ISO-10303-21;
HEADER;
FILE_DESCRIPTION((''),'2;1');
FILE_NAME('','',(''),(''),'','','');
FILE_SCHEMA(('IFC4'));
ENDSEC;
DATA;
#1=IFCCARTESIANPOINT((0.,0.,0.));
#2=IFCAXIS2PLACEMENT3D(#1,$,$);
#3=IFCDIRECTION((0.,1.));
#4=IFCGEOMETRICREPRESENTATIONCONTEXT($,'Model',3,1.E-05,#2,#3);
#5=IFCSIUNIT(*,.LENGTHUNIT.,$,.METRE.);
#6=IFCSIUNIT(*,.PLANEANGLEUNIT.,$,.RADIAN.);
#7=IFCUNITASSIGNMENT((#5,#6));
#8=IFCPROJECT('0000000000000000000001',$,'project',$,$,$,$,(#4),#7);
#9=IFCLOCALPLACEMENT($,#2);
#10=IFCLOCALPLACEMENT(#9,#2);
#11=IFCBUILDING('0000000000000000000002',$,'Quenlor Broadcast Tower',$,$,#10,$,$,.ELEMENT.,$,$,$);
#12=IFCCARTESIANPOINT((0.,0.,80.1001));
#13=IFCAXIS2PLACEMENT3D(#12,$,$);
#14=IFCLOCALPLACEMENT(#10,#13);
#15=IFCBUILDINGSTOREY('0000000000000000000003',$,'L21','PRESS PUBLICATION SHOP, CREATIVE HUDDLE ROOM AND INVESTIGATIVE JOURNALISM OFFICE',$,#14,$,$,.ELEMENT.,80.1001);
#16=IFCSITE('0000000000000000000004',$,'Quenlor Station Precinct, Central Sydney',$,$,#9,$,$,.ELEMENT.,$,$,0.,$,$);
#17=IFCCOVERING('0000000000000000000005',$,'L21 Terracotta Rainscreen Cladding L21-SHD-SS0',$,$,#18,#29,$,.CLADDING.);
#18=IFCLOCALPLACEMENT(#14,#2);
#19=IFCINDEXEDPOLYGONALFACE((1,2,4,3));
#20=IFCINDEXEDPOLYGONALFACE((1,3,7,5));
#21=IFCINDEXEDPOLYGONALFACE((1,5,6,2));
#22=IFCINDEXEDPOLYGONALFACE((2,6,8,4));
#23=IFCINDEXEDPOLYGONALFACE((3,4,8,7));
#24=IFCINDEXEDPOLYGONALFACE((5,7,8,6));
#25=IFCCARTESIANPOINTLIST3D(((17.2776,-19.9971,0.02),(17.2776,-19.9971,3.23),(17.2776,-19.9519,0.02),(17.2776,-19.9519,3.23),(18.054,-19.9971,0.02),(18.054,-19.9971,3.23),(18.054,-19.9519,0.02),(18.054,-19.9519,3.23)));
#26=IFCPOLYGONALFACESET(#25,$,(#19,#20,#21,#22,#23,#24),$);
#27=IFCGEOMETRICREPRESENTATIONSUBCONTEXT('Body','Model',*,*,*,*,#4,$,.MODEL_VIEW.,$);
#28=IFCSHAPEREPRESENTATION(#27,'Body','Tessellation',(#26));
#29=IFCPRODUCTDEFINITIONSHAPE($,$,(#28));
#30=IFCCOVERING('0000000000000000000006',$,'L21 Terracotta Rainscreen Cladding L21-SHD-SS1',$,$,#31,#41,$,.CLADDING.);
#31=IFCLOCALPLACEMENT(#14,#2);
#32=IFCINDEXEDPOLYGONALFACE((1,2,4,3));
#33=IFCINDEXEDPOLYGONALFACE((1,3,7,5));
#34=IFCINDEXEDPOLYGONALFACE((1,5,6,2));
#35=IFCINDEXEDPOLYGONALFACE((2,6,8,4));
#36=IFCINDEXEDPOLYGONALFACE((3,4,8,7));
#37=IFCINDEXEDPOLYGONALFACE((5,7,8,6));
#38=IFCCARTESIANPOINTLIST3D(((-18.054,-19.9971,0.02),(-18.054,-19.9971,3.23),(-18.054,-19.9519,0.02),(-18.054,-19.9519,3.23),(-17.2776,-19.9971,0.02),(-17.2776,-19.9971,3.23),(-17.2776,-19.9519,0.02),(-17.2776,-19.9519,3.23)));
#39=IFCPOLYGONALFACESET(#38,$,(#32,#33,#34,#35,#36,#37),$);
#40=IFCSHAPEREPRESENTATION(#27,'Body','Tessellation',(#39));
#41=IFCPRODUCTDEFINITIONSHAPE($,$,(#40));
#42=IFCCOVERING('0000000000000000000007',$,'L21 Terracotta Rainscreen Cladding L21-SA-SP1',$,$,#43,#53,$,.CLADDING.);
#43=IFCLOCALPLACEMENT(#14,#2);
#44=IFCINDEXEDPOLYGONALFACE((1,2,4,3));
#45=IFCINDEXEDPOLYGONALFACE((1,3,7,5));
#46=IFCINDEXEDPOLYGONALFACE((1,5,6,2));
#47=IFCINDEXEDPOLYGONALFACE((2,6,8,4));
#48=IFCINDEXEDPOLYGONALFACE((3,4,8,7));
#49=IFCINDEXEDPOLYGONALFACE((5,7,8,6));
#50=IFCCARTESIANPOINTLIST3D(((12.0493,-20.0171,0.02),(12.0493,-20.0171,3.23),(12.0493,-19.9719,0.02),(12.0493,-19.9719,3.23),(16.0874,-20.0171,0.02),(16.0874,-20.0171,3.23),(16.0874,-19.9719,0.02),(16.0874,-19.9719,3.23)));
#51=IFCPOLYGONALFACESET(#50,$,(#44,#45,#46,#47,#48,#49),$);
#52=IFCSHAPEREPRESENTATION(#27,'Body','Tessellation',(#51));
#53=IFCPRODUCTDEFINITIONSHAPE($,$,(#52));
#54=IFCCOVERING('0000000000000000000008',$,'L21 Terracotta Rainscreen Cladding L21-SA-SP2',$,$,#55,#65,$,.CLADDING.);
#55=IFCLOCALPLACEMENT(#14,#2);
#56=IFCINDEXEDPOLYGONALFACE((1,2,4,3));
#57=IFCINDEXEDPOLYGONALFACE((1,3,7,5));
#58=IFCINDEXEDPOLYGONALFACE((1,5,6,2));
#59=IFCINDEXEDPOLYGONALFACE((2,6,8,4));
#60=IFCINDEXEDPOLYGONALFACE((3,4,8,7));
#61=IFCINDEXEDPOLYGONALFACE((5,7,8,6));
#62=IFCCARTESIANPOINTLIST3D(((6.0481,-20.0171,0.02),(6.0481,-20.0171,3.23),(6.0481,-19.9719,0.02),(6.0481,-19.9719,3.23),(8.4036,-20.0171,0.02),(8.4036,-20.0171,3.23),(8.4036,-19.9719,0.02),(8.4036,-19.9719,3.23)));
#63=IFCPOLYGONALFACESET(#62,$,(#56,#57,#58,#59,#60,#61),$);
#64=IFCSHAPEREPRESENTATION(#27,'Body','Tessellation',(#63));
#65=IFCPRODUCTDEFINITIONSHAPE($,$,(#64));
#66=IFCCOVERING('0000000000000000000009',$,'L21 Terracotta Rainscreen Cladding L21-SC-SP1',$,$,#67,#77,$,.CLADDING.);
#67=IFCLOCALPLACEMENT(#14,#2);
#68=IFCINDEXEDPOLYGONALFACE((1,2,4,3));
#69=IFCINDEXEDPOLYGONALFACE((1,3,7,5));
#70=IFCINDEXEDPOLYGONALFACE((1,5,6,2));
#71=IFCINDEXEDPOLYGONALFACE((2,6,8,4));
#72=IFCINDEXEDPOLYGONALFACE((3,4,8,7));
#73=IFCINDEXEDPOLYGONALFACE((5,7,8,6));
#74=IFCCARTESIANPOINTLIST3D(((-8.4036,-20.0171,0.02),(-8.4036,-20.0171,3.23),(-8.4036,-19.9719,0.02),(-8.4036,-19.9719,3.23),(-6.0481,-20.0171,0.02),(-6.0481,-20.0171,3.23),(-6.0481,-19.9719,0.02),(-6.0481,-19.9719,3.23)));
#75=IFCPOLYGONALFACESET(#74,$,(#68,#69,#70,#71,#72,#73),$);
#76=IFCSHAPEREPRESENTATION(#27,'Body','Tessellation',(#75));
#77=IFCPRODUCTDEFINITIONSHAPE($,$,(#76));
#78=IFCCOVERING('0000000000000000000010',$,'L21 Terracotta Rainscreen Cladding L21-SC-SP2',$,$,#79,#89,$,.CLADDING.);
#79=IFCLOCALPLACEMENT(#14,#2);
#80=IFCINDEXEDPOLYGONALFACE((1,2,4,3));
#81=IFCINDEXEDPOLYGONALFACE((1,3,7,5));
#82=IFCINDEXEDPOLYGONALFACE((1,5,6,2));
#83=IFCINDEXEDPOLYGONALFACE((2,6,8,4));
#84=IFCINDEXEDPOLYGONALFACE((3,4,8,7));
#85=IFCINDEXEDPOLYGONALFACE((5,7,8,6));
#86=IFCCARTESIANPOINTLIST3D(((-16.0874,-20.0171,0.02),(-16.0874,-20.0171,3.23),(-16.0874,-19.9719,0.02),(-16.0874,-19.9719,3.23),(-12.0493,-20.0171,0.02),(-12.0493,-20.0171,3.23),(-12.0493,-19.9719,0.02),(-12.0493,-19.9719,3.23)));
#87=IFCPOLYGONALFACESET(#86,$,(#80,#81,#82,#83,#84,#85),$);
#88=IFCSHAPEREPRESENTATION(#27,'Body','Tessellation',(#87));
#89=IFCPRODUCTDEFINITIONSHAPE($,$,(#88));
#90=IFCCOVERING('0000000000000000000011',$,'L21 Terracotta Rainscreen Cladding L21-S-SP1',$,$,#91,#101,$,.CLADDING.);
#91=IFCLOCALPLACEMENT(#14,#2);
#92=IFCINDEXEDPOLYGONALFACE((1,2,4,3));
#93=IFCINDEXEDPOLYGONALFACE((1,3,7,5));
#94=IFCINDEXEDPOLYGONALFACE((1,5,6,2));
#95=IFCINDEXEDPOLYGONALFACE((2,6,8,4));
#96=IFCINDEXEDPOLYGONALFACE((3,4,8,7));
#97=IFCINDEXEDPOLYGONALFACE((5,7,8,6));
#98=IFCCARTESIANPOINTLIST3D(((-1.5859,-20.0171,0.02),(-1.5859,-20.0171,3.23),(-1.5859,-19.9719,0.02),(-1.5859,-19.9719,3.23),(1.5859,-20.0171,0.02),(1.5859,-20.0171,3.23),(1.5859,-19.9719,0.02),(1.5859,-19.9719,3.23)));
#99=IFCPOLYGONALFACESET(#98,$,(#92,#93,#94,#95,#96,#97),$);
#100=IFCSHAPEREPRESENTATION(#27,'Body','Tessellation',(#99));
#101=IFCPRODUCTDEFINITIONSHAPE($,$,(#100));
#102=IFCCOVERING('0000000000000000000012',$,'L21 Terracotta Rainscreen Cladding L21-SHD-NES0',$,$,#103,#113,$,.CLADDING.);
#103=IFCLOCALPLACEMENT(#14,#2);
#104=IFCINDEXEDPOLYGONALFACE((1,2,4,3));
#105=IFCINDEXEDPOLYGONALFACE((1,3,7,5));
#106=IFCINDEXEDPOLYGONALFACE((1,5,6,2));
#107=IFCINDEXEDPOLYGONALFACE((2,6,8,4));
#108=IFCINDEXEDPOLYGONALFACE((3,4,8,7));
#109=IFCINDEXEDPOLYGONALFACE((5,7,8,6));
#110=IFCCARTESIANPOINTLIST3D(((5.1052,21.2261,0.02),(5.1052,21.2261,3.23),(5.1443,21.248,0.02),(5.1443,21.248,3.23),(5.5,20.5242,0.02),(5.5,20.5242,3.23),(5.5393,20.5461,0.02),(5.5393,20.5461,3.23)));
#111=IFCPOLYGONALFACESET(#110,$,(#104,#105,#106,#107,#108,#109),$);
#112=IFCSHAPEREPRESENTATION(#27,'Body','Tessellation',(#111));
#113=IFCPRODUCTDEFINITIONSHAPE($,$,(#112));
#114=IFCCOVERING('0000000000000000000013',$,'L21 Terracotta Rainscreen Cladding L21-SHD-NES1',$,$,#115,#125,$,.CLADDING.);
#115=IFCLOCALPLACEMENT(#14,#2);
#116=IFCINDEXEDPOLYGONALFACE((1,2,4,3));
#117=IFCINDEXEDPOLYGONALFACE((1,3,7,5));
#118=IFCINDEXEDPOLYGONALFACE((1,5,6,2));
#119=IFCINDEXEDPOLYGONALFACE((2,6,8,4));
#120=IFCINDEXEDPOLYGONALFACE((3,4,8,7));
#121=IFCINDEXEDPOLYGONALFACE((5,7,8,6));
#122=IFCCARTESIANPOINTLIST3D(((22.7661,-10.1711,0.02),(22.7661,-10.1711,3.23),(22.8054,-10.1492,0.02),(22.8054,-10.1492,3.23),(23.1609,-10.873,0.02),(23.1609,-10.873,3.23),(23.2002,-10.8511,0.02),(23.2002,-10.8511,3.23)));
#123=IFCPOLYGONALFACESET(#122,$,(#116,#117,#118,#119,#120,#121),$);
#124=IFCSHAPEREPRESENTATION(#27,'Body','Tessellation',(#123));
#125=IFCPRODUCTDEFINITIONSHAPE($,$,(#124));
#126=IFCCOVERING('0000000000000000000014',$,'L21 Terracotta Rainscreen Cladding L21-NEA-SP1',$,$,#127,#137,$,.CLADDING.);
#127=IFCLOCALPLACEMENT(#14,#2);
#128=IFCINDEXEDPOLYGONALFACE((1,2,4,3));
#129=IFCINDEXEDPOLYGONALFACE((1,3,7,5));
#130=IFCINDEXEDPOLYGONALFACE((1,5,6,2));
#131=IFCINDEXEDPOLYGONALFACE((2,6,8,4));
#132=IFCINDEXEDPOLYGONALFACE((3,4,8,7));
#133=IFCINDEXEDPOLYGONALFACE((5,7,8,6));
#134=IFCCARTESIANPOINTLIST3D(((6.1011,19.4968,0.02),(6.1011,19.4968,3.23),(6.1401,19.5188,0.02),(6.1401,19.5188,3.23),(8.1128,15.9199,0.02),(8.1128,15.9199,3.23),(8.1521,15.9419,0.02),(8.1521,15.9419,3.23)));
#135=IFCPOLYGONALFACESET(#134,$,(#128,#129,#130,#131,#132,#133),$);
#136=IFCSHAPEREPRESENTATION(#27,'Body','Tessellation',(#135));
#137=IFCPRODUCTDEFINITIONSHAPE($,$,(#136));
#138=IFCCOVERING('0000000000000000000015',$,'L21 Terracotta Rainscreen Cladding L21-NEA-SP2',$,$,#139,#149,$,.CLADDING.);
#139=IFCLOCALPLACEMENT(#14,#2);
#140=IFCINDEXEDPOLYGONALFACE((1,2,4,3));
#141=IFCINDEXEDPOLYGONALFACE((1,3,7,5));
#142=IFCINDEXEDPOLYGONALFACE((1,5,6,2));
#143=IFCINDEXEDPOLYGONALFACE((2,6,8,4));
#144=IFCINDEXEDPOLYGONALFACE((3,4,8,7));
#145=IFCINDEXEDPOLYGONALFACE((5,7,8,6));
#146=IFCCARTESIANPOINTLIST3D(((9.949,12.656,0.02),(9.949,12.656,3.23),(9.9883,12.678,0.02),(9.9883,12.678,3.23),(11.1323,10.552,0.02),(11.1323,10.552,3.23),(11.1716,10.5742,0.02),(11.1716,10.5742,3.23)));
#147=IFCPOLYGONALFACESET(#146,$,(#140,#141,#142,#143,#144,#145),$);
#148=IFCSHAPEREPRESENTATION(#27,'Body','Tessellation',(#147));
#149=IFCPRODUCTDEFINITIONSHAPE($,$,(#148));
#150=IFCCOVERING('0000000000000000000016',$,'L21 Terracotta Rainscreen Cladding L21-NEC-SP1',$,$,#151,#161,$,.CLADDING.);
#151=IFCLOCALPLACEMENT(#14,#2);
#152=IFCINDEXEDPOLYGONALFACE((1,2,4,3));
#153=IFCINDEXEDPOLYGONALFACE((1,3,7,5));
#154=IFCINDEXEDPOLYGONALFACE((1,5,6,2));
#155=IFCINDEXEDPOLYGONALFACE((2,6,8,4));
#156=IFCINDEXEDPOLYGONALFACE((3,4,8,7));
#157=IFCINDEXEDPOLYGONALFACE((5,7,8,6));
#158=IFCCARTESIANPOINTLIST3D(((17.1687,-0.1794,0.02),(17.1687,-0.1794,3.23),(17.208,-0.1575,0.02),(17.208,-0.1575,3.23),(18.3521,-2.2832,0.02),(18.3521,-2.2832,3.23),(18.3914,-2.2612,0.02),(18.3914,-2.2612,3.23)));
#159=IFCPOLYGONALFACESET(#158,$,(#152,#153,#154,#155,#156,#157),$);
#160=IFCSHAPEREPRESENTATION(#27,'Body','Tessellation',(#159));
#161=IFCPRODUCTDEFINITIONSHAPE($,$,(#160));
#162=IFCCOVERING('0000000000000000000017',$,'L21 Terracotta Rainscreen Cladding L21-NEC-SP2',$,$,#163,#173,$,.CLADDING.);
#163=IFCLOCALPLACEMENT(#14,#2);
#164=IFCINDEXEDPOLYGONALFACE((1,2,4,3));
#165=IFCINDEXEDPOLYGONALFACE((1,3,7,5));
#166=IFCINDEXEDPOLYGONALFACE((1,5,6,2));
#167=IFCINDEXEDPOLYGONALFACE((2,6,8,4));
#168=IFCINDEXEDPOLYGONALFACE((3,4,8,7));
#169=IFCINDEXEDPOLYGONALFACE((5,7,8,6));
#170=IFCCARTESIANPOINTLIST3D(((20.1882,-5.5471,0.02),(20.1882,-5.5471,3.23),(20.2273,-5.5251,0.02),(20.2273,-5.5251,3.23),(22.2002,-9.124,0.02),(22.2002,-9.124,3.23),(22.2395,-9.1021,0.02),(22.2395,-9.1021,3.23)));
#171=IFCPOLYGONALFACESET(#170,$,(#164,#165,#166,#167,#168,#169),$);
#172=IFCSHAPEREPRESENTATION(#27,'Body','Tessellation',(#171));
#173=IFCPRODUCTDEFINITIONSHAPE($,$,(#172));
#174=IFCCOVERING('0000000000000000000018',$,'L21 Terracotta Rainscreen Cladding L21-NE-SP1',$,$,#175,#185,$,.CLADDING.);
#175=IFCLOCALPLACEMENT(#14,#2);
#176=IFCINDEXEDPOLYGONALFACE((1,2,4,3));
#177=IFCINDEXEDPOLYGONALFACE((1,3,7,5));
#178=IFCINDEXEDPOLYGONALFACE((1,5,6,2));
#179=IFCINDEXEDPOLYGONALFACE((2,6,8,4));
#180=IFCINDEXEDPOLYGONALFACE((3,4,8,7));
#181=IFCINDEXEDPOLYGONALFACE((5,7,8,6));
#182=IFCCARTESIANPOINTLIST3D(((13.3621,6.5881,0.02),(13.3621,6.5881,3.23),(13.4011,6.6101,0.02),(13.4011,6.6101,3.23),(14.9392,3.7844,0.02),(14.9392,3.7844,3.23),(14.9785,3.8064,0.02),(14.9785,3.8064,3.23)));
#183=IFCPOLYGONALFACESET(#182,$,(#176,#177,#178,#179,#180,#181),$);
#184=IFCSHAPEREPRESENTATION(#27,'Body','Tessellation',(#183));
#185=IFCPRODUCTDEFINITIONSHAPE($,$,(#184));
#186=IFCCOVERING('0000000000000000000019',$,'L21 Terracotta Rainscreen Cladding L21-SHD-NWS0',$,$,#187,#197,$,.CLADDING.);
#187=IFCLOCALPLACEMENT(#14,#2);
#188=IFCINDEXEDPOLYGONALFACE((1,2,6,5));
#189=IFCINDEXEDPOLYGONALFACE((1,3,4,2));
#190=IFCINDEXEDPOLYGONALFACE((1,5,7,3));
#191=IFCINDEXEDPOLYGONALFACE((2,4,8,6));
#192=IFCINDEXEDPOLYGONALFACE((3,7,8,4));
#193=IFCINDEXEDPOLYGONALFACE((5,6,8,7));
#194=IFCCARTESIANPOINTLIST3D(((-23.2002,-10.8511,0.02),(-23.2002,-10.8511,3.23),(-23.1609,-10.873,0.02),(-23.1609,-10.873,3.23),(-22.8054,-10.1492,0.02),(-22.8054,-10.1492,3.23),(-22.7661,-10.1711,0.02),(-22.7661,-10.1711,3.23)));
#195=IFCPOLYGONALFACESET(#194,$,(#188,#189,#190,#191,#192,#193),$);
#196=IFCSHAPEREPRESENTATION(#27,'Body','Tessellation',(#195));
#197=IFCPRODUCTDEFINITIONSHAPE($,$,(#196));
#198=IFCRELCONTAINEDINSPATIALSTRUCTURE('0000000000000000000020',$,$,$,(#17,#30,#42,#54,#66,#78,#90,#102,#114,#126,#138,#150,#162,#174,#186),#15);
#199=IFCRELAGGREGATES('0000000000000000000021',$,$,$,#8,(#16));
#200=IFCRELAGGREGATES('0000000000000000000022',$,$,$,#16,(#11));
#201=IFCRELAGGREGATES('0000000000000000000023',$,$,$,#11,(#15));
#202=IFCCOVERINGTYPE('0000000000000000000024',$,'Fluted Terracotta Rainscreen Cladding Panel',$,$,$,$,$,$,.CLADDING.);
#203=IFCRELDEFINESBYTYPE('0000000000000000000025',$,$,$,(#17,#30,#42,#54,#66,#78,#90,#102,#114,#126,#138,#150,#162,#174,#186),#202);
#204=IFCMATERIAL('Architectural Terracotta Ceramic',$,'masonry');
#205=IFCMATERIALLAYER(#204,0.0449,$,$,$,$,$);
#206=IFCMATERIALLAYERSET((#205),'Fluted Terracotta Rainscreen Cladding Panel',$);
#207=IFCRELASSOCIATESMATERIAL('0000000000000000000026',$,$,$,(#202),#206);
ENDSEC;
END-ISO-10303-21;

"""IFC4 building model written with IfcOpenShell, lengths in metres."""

from ifc_helpers import new_model, si_unit, direction, frame, origin, place, context, subcontext, project, spatial, polyline, outline, extrude, material, layer, layer_set, type_object, element, save


model = new_model("IFC4")

# Units and contexts
model_context = context("Model", 3, precision=1e-05, world=origin(), true_north=direction((0.0, 1.0)))
body_context = subcontext(model_context, "Body", "Model", "MODEL_VIEW")
ifc_project = project(units=[si_unit("LENGTHUNIT", "METRE"), si_unit("PLANEANGLEUNIT", "RADIAN")], contexts=[model_context])

# Site, building, storey
site_placement = place(None, origin())
site = spatial("IfcSite", under=ifc_project, at=site_placement, Name="Quenlor Station Precinct, Central Sydney", CompositionType="ELEMENT", RefElevation=0.0)
building_placement = place(site_placement, origin())
building = spatial("IfcBuilding", under=site, at=building_placement, Name="Quenlor Broadcast Tower", CompositionType="ELEMENT")
storey_placement = place(building_placement, frame((0.0, 0.0, 80.1001)))
storey = spatial("IfcBuildingStorey", under=building, at=storey_placement, Name="L21", Description="PRESS PUBLICATION SHOP, CREATIVE HUDDLE ROOM AND INVESTIGATIVE JOURNALISM OFFICE", CompositionType="ELEMENT", Elevation=80.1001)

# Coverings
ifc_material_1 = material(Name="Architectural Terracotta Ceramic", Category="masonry")
ifc_layer_1 = layer(ifc_material_1, 0.0449)
ifc_layer_set_1 = layer_set([ifc_layer_1], Name="Fluted Terracotta Rainscreen Cladding Panel")
covering_type = type_object("IfcCoveringType", Name="Fluted Terracotta Rainscreen Cladding Panel", PredefinedType="CLADDING", material=ifc_layer_set_1)
covering_1_placement = place(storey_placement, frame((0.0, 0.0, 0.02)))
element("IfcCovering", 1, at=covering_1_placement, inside=storey, type_object=covering_type, Name="L21 Terracotta Rainscreen Cladding L21-SHD-SS0", PredefinedType="CLADDING", context=body_context, shape_type="SweptSolid", body=[
    extrude(outline(polyline([(18.054, -19.9519), (17.2776, -19.9519), (17.2776, -19.9971), (18.054, -19.9971), (18.054, -19.9519)])), origin(), (0.0, 0.0, 1.0), 3.21),
])
covering_2_placement = place(storey_placement, frame((0.0, 0.0, 0.02)))
element("IfcCovering", 2, at=covering_2_placement, inside=storey, type_object=covering_type, Name="L21 Terracotta Rainscreen Cladding L21-SHD-SS1", PredefinedType="CLADDING", context=body_context, shape_type="SweptSolid", body=[
    extrude(outline(polyline([(-17.2776, -19.9519), (-18.054, -19.9519), (-18.054, -19.9971), (-17.2776, -19.9971), (-17.2776, -19.9519)])), origin(), (0.0, 0.0, 1.0), 3.21),
])
covering_3_placement = place(storey_placement, frame((0.0, 0.0, 0.02)))
element("IfcCovering", 3, at=covering_3_placement, inside=storey, type_object=covering_type, Name="L21 Terracotta Rainscreen Cladding L21-SA-SP1", PredefinedType="CLADDING", context=body_context, shape_type="SweptSolid", body=[
    extrude(outline(polyline([(16.0874, -19.9719), (12.0493, -19.9719), (12.0493, -20.0171), (16.0874, -20.0171), (16.0874, -19.9719)])), origin(), (0.0, 0.0, 1.0), 3.21),
])
covering_4_placement = place(storey_placement, frame((0.0, 0.0, 0.02)))
element("IfcCovering", 4, at=covering_4_placement, inside=storey, type_object=covering_type, Name="L21 Terracotta Rainscreen Cladding L21-SA-SP2", PredefinedType="CLADDING", context=body_context, shape_type="SweptSolid", body=[
    extrude(outline(polyline([(8.4036, -19.9719), (6.0481, -19.9719), (6.0481, -20.0171), (8.4036, -20.0171), (8.4036, -19.9719)])), origin(), (0.0, 0.0, 1.0), 3.21),
])
covering_5_placement = place(storey_placement, frame((0.0, 0.0, 0.02)))
element("IfcCovering", 5, at=covering_5_placement, inside=storey, type_object=covering_type, Name="L21 Terracotta Rainscreen Cladding L21-SC-SP1", PredefinedType="CLADDING", context=body_context, shape_type="SweptSolid", body=[
    extrude(outline(polyline([(-6.0481, -19.9719), (-8.4036, -19.9719), (-8.4036, -20.0171), (-6.0481, -20.0171), (-6.0481, -19.9719)])), origin(), (0.0, 0.0, 1.0), 3.21),
])
covering_6_placement = place(storey_placement, frame((0.0, 0.0, 0.02)))
element("IfcCovering", 6, at=covering_6_placement, inside=storey, type_object=covering_type, Name="L21 Terracotta Rainscreen Cladding L21-SC-SP2", PredefinedType="CLADDING", context=body_context, shape_type="SweptSolid", body=[
    extrude(outline(polyline([(-12.0493, -19.9719), (-16.0874, -19.9719), (-16.0874, -20.0171), (-12.0493, -20.0171), (-12.0493, -19.9719)])), origin(), (0.0, 0.0, 1.0), 3.21),
])
covering_7_placement = place(storey_placement, frame((0.0, 0.0, 0.02)))
element("IfcCovering", 7, at=covering_7_placement, inside=storey, type_object=covering_type, Name="L21 Terracotta Rainscreen Cladding L21-S-SP1", PredefinedType="CLADDING", context=body_context, shape_type="SweptSolid", body=[
    extrude(outline(polyline([(1.5859, -19.9719), (-1.5859, -19.9719), (-1.5859, -20.0171), (1.5859, -20.0171), (1.5859, -19.9719)])), origin(), (0.0, 0.0, 1.0), 3.21),
])
covering_8_placement = place(storey_placement, frame((0.0, 0.0, 0.02)))
element("IfcCovering", 8, at=covering_8_placement, inside=storey, type_object=covering_type, Name="L21 Terracotta Rainscreen Cladding L21-SHD-NES0", PredefinedType="CLADDING", context=body_context, shape_type="SweptSolid", body=[
    extrude(outline(polyline([(5.1052, 21.2261), (5.5, 20.5242), (5.5393, 20.5461), (5.1443, 21.248), (5.1052, 21.2261)])), origin(), (0.0, 0.0, 1.0), 3.21),
])
covering_9_placement = place(storey_placement, frame((0.0, 0.0, 0.02)))
element("IfcCovering", 9, at=covering_9_placement, inside=storey, type_object=covering_type, Name="L21 Terracotta Rainscreen Cladding L21-SHD-NES1", PredefinedType="CLADDING", context=body_context, shape_type="SweptSolid", body=[
    extrude(outline(polyline([(22.7661, -10.1711), (23.1609, -10.873), (23.2002, -10.8511), (22.8054, -10.1492), (22.7661, -10.1711)])), origin(), (0.0, 0.0, 1.0), 3.21),
])
covering_10_placement = place(storey_placement, frame((0.0, 0.0, 0.02)))
element("IfcCovering", 10, at=covering_10_placement, inside=storey, type_object=covering_type, Name="L21 Terracotta Rainscreen Cladding L21-NEA-SP1", PredefinedType="CLADDING", context=body_context, shape_type="SweptSolid", body=[
    extrude(outline(polyline([(6.1011, 19.4968), (8.1128, 15.9199), (8.1521, 15.9419), (6.1401, 19.5188), (6.1011, 19.4968)])), origin(), (0.0, 0.0, 1.0), 3.21),
])
covering_11_placement = place(storey_placement, frame((0.0, 0.0, 0.02)))
element("IfcCovering", 11, at=covering_11_placement, inside=storey, type_object=covering_type, Name="L21 Terracotta Rainscreen Cladding L21-NEA-SP2", PredefinedType="CLADDING", context=body_context, shape_type="SweptSolid", body=[
    extrude(outline(polyline([(9.949, 12.656), (11.1323, 10.552), (11.1716, 10.5742), (9.9883, 12.678), (9.949, 12.656)])), origin(), (0.0, 0.0, 1.0), 3.21),
])
covering_12_placement = place(storey_placement, frame((0.0, 0.0, 0.02)))
element("IfcCovering", 12, at=covering_12_placement, inside=storey, type_object=covering_type, Name="L21 Terracotta Rainscreen Cladding L21-NEC-SP1", PredefinedType="CLADDING", context=body_context, shape_type="SweptSolid", body=[
    extrude(outline(polyline([(17.1687, -0.1794), (18.3521, -2.2832), (18.3914, -2.2612), (17.208, -0.1575), (17.1687, -0.1794)])), origin(), (0.0, 0.0, 1.0), 3.21),
])
covering_13_placement = place(storey_placement, frame((0.0, 0.0, 0.02)))
element("IfcCovering", 13, at=covering_13_placement, inside=storey, type_object=covering_type, Name="L21 Terracotta Rainscreen Cladding L21-NEC-SP2", PredefinedType="CLADDING", context=body_context, shape_type="SweptSolid", body=[
    extrude(outline(polyline([(20.1882, -5.5471), (22.2002, -9.124), (22.2395, -9.1021), (20.2273, -5.5251), (20.1882, -5.5471)])), origin(), (0.0, 0.0, 1.0), 3.21),
])
covering_14_placement = place(storey_placement, frame((0.0, 0.0, 0.02)))
element("IfcCovering", 14, at=covering_14_placement, inside=storey, type_object=covering_type, Name="L21 Terracotta Rainscreen Cladding L21-NE-SP1", PredefinedType="CLADDING", context=body_context, shape_type="SweptSolid", body=[
    extrude(outline(polyline([(13.3621, 6.5881), (14.9392, 3.7844), (14.9785, 3.8064), (13.4011, 6.6101), (13.3621, 6.5881)])), origin(), (0.0, 0.0, 1.0), 3.21),
])
covering_15_placement = place(storey_placement, frame((0.0, 0.0, 0.02)))
element("IfcCovering", 15, at=covering_15_placement, inside=storey, type_object=covering_type, Name="L21 Terracotta Rainscreen Cladding L21-SHD-NWS0", PredefinedType="CLADDING", context=body_context, shape_type="SweptSolid", body=[
    extrude(outline(polyline([(-23.1609, -10.873), (-22.7661, -10.1711), (-22.8054, -10.1492), (-23.2002, -10.8511), (-23.1609, -10.873)])), origin(), (0.0, 0.0, 1.0), 3.21),
])

save(model, "model.ifc")
